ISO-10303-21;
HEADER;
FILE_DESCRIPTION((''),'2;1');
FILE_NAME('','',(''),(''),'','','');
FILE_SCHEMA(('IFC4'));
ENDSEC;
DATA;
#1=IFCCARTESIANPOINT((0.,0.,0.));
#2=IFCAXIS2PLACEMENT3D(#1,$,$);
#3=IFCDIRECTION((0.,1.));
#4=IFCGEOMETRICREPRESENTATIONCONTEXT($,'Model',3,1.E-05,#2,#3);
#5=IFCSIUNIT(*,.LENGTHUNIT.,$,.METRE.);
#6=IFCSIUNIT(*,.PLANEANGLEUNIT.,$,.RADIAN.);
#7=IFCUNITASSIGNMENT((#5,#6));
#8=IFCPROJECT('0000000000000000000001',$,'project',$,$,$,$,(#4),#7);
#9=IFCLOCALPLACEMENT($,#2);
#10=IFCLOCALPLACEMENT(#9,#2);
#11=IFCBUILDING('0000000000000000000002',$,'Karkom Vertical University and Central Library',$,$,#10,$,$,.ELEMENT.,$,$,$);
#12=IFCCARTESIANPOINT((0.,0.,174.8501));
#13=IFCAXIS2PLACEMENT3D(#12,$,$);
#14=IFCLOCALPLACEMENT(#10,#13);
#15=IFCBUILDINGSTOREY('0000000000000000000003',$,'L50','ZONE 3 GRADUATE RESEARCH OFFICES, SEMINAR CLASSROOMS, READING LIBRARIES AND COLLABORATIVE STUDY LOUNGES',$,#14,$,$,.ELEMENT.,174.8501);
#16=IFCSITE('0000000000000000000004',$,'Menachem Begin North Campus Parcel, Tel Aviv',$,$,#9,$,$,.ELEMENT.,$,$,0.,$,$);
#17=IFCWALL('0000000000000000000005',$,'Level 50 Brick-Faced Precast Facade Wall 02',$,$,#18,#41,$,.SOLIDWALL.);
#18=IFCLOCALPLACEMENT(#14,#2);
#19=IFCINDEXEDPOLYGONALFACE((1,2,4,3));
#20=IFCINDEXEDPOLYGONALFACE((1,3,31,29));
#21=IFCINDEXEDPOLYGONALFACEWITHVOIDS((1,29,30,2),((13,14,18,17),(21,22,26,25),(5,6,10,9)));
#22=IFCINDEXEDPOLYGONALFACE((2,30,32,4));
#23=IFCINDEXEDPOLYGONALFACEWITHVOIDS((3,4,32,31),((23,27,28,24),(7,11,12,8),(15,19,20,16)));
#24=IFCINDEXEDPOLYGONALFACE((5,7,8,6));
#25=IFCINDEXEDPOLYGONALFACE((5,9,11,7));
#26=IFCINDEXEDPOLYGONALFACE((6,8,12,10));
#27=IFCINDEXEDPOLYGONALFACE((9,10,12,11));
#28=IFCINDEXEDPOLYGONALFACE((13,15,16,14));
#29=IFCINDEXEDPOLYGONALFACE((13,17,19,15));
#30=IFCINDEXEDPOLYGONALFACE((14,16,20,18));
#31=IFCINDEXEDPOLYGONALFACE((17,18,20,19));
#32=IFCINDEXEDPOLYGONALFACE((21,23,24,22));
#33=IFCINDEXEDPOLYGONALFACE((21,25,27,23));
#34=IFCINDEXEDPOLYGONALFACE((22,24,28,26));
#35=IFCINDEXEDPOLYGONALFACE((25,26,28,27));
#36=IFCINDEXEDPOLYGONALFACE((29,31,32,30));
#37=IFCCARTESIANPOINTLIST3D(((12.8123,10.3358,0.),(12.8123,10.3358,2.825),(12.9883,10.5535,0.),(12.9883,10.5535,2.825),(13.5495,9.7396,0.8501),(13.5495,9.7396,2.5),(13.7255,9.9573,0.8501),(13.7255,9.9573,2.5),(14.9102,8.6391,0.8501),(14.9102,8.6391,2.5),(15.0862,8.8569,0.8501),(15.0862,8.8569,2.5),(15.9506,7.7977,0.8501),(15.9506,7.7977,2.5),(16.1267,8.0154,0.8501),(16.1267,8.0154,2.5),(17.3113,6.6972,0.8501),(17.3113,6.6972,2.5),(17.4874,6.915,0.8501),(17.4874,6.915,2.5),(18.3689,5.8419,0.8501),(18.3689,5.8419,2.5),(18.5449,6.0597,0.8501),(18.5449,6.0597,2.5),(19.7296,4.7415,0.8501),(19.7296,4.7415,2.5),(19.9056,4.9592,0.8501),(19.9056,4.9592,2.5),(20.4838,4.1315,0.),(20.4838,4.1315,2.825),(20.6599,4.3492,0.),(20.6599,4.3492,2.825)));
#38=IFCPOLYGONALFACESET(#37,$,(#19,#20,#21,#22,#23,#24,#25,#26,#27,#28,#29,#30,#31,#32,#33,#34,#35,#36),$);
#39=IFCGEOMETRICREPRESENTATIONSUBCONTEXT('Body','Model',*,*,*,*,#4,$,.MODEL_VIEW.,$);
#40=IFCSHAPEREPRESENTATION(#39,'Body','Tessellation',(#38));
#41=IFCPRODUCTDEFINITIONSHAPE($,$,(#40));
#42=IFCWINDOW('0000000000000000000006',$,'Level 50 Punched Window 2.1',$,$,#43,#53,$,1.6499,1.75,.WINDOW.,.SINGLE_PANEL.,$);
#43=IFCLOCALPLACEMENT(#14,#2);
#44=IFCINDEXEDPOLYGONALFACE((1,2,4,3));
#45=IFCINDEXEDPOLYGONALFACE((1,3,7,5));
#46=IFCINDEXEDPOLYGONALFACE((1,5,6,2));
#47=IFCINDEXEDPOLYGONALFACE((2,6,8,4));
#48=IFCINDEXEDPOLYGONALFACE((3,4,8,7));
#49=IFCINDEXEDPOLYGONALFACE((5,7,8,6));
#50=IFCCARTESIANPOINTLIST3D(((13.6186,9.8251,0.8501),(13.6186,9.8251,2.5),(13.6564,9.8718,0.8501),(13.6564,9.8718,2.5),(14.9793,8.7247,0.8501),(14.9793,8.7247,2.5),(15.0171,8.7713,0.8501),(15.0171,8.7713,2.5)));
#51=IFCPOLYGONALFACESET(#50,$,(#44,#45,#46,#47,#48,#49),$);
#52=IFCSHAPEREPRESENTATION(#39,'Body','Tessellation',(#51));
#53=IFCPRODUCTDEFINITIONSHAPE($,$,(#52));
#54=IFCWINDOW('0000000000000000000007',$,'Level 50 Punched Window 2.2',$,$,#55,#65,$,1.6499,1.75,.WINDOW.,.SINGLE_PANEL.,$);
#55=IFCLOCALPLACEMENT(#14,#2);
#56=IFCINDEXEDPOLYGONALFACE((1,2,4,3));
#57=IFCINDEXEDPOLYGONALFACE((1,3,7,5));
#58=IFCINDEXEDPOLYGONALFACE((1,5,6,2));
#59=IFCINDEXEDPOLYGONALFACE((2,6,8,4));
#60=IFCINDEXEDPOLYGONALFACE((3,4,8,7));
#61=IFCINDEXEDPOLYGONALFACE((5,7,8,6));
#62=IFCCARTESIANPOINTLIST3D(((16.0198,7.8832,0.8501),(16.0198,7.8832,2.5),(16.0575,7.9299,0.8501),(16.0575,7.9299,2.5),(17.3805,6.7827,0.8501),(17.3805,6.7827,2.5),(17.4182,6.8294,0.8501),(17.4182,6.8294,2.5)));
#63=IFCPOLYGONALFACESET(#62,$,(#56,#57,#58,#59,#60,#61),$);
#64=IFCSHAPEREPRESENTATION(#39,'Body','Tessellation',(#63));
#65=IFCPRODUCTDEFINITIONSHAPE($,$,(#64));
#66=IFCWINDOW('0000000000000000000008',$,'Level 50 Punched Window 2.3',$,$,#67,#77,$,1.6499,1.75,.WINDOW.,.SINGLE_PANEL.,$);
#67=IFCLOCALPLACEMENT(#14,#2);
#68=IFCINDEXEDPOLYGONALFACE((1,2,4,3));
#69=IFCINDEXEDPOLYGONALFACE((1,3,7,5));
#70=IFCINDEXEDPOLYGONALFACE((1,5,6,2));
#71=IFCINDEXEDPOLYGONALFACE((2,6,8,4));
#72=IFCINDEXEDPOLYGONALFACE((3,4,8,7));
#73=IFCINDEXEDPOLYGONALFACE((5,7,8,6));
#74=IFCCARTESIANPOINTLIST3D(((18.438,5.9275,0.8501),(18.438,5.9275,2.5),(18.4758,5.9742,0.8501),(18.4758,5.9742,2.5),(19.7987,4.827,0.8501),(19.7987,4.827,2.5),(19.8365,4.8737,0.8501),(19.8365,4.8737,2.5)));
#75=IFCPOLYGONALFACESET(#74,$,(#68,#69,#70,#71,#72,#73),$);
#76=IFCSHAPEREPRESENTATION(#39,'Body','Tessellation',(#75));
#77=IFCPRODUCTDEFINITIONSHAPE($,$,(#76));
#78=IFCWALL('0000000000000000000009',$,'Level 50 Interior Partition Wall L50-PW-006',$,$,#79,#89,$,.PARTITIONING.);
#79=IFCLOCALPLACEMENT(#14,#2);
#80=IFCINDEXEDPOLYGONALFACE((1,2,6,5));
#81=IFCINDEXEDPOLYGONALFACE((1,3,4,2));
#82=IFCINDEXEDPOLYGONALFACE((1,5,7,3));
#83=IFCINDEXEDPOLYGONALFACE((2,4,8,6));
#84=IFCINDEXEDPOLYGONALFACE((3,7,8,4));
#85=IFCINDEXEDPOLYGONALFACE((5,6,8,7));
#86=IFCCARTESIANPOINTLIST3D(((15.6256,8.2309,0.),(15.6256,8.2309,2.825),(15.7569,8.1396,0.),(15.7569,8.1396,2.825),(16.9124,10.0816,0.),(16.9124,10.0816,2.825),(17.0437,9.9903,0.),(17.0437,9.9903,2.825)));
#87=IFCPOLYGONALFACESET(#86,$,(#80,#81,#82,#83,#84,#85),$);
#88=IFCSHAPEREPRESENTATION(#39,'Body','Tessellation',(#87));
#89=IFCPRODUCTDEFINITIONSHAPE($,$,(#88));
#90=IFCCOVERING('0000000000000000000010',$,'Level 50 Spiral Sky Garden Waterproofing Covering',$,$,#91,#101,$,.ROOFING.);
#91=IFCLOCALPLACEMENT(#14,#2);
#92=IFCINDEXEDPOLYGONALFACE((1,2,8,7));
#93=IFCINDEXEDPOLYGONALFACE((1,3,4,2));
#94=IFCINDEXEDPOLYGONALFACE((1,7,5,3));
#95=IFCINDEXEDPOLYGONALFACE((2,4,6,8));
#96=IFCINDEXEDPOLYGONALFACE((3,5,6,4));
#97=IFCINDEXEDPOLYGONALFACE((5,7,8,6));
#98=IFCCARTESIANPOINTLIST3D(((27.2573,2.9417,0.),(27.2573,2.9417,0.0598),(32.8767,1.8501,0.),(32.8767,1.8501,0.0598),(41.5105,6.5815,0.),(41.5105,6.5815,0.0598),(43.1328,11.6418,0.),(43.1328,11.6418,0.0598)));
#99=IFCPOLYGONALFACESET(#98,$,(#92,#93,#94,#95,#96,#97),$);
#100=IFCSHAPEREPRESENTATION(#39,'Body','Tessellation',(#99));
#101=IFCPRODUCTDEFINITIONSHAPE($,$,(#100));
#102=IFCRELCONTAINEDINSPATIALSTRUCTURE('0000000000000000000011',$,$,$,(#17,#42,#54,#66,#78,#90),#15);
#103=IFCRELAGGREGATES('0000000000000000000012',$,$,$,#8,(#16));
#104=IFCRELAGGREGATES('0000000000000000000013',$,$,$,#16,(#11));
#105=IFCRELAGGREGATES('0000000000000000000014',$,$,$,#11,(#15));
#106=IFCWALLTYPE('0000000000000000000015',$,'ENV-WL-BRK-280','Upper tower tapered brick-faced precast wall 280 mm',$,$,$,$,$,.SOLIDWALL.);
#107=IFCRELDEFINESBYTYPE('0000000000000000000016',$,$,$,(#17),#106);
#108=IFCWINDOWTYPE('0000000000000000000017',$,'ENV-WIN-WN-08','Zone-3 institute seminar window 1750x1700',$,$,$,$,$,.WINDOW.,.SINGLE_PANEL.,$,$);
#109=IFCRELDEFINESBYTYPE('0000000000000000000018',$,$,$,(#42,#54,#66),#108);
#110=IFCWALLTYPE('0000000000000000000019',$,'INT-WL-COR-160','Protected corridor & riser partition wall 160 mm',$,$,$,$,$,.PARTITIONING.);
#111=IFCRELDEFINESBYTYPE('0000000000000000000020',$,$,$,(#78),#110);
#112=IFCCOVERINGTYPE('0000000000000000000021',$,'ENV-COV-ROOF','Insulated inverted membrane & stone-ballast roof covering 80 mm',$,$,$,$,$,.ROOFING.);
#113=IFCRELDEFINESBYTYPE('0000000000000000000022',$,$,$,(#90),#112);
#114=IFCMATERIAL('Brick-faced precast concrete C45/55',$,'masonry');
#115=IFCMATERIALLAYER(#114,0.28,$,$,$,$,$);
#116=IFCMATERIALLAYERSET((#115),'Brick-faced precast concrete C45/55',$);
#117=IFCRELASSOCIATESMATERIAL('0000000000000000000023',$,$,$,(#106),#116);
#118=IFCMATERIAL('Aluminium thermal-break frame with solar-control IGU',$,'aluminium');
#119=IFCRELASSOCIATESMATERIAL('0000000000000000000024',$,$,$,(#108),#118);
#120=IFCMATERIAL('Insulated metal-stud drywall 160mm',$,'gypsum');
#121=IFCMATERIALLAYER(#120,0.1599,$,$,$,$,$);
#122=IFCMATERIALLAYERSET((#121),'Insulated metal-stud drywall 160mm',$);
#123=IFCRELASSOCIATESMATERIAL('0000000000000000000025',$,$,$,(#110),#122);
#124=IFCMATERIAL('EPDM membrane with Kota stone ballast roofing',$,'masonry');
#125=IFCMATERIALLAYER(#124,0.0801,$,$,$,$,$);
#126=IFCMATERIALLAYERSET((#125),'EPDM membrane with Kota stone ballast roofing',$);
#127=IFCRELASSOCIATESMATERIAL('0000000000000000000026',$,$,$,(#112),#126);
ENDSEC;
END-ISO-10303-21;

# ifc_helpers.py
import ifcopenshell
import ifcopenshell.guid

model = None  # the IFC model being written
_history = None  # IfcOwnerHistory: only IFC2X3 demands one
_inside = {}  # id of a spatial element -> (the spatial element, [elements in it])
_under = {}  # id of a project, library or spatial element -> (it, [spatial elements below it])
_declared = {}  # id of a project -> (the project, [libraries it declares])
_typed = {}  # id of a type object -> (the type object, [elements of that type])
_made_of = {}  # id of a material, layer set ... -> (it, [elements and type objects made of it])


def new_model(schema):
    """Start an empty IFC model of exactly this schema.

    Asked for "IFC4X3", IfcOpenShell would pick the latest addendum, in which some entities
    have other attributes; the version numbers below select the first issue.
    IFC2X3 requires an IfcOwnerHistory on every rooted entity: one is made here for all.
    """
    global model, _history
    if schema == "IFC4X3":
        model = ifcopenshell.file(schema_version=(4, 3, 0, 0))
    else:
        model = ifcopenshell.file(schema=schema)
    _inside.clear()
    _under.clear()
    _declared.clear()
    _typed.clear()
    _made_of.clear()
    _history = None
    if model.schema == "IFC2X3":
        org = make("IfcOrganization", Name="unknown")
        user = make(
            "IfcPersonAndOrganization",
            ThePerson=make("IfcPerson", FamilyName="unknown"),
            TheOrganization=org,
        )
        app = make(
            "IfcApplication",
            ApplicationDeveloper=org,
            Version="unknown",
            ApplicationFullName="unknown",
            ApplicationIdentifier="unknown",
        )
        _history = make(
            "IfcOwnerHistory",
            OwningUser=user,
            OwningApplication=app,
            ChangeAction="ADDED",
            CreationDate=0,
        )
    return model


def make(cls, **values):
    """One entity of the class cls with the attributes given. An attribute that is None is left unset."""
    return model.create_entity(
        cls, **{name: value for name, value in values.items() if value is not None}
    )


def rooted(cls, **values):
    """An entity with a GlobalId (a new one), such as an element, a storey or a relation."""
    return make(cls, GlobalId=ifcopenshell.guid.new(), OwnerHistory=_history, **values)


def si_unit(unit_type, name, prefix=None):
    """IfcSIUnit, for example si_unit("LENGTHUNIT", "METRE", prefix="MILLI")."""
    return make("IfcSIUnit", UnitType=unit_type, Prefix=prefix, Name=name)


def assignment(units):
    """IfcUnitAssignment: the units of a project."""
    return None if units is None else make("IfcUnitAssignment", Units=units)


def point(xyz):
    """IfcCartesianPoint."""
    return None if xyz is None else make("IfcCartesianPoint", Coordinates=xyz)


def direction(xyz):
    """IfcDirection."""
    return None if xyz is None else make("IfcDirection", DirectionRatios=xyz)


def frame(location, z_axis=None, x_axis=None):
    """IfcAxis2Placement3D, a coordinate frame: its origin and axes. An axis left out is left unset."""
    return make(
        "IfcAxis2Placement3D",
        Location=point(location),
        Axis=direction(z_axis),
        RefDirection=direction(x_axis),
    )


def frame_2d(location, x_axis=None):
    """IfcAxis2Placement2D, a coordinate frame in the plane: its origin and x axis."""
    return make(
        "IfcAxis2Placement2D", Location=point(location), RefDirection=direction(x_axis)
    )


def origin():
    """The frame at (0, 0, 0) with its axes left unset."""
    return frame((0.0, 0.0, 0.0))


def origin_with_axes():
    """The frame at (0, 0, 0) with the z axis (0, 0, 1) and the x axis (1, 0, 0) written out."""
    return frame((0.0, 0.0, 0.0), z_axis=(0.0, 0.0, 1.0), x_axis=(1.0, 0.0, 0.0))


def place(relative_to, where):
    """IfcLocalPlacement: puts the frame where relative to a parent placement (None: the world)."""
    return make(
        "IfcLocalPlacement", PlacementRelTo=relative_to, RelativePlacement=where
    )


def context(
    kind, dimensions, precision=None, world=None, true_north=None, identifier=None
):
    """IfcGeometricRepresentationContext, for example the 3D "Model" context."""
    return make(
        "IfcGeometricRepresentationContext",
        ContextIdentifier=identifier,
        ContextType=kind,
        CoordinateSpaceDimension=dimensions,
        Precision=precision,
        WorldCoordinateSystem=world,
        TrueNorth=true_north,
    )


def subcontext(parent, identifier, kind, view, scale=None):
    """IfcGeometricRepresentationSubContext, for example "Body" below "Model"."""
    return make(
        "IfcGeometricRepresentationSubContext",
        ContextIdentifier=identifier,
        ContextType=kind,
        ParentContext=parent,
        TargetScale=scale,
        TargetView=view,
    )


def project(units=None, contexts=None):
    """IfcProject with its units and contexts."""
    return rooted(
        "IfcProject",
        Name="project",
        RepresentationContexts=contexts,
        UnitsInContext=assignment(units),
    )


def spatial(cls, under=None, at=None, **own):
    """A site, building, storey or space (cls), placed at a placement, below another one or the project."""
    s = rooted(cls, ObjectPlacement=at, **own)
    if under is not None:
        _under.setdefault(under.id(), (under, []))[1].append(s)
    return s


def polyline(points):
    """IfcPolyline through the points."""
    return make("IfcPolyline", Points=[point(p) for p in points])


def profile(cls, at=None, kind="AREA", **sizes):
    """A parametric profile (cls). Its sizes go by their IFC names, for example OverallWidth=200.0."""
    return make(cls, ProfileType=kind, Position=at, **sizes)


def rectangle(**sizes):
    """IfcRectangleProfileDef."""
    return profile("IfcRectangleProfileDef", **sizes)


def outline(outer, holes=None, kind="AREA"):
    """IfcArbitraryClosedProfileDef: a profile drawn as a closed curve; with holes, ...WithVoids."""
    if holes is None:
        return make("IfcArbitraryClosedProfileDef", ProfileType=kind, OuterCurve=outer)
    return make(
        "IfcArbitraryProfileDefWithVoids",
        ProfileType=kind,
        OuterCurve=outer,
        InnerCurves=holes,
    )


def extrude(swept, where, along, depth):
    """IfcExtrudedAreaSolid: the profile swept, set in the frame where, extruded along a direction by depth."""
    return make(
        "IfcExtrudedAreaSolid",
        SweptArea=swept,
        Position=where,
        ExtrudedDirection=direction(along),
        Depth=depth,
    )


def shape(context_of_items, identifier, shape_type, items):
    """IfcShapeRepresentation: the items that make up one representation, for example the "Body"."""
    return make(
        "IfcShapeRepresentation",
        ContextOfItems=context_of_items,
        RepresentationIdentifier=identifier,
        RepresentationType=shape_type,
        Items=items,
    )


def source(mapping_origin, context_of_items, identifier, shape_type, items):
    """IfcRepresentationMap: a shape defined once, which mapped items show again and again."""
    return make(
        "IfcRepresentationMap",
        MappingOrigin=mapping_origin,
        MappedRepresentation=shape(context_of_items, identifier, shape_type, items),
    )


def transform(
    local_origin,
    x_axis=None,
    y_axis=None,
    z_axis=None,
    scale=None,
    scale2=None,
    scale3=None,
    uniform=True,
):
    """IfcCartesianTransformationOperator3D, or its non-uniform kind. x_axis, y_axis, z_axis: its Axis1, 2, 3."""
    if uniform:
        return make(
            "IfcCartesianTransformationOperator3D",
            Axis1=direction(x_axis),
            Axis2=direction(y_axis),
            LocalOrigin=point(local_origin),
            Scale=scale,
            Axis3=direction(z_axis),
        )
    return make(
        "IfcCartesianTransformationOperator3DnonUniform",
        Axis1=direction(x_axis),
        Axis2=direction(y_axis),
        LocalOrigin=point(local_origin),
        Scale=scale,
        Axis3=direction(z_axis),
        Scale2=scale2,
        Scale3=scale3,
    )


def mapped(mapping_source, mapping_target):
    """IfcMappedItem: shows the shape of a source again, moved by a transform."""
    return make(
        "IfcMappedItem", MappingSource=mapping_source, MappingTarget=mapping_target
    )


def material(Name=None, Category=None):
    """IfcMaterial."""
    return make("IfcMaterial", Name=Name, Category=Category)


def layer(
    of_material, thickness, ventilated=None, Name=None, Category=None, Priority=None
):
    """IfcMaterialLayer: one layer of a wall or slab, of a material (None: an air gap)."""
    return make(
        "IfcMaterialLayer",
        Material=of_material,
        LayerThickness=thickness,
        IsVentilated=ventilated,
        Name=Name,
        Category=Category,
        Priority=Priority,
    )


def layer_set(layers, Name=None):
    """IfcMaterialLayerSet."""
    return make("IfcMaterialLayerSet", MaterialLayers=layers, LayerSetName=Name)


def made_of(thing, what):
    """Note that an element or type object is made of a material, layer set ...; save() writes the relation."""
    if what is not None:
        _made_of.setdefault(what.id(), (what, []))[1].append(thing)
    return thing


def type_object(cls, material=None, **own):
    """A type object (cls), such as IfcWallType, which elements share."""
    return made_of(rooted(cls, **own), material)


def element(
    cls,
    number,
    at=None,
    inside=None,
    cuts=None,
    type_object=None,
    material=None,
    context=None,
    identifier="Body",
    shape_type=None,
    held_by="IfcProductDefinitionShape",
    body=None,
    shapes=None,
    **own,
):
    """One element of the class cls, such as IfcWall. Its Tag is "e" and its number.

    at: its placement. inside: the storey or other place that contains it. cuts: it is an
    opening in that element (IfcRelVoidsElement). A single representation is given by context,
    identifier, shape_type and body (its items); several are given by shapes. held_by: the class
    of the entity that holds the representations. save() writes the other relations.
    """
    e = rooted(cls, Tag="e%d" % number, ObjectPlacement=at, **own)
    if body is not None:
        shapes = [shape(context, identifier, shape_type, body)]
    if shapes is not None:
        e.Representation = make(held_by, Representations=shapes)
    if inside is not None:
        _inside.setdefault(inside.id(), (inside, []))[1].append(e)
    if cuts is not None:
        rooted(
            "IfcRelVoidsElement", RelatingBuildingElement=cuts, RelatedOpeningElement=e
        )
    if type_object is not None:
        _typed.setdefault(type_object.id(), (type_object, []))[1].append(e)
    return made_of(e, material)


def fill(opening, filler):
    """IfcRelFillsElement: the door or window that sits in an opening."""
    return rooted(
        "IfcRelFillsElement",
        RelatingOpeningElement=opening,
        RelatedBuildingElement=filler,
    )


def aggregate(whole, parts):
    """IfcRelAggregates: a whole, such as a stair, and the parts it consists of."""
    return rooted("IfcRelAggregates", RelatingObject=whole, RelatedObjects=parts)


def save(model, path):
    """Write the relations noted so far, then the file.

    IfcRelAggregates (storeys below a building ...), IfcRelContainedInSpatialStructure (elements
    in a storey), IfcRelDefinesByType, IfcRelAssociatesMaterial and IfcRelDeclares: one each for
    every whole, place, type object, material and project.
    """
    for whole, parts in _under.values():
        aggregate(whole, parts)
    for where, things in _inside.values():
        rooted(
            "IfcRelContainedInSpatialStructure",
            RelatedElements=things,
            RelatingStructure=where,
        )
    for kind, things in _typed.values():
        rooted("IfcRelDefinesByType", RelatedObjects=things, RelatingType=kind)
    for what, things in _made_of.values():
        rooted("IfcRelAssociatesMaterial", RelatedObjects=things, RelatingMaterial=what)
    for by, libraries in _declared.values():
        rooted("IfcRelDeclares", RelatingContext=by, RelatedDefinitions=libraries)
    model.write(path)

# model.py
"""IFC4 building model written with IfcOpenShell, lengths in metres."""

from ifc_helpers import new_model, si_unit, direction, frame, frame_2d, origin, origin_with_axes, place, context, subcontext, project, spatial, polyline, rectangle, outline, extrude, source, transform, mapped, material, layer, layer_set, type_object, element, fill, save


model = new_model("IFC4")

# Units and contexts
model_context = context("Model", 3, precision=1e-05, world=origin(), true_north=direction((0.0, 1.0)))
body_context = subcontext(model_context, "Body", "Model", "MODEL_VIEW")
ifc_project = project(units=[si_unit("LENGTHUNIT", "METRE"), si_unit("PLANEANGLEUNIT", "RADIAN")], contexts=[model_context])

# Site, building, storey
site_placement = place(None, origin())
site = spatial("IfcSite", under=ifc_project, at=site_placement, Name="Menachem Begin North Campus Parcel, Tel Aviv", CompositionType="ELEMENT", RefElevation=0.0)
building_placement = place(site_placement, origin())
building = spatial("IfcBuilding", under=site, at=building_placement, Name="Karkom Vertical University and Central Library", CompositionType="ELEMENT")
storey_placement = place(building_placement, frame((0.0, 0.0, 174.8501)))
storey = spatial("IfcBuildingStorey", under=building, at=storey_placement, Name="L50", Description="ZONE 3 GRADUATE RESEARCH OFFICES, SEMINAR CLASSROOMS, READING LIBRARIES AND COLLABORATIVE STUDY LOUNGES", CompositionType="ELEMENT", Elevation=174.8501)

# Wall, openings, windows
ifc_material_1 = material(Name="Brick-faced precast concrete C45/55", Category="masonry")
ifc_layer_1 = layer(ifc_material_1, 0.28)
ifc_layer_set_1 = layer_set([ifc_layer_1], Name="Brick-faced precast concrete C45/55")
wall_type_1 = type_object("IfcWallType", Name="ENV-WL-BRK-280", Description="Upper tower tapered brick-faced precast wall 280 mm", PredefinedType="SOLIDWALL", material=ifc_layer_set_1)
wall_1_placement = place(storey_placement, frame((12.9004, 10.4446, 0.0), z_axis=(0.0, 0.0, 1.0), x_axis=(0.777543, -0.628829, 0.0)))
wall_1 = element("IfcWall", 1, at=wall_1_placement, inside=storey, type_object=wall_type_1, Name="Level 50 Brick-Faced Precast Facade Wall 02", PredefinedType="SOLIDWALL", context=body_context, shape_type="SweptSolid", body=[
    extrude(rectangle(XDim=9.8665, YDim=0.28, at=frame_2d((4.9331, 0.0))), origin(), (0.0, 0.0, 1.0), 2.825),
])
opening_1_placement = place(wall_1_placement, frame((0.948, 0.0, 0.8501)))
opening_1 = element("IfcOpeningElement", 2, at=opening_1_placement, cuts=wall_1, PredefinedType="OPENING", context=body_context, shape_type="SweptSolid", body=[
    extrude(rectangle(XDim=1.75, YDim=1.6499, at=frame_2d((0.875, 0.825))), frame((0.0, 0.1499, 0.0), z_axis=(0.0, -1.0, 0.0), x_axis=(1.0, 0.0, 0.0)), (0.0, 0.0, 1.0), 0.3),
])
opening_2_placement = place(wall_1_placement, frame((4.0361, 0.0, 0.8501)))
opening_2 = element("IfcOpeningElement", 3, at=opening_2_placement, cuts=wall_1, PredefinedType="OPENING", context=body_context, shape_type="SweptSolid", body=[
    extrude(rectangle(XDim=1.75, YDim=1.6499, at=frame_2d((0.875, 0.825))), frame((0.0, 0.1499, 0.0), z_axis=(0.0, -1.0, 0.0), x_axis=(1.0, 0.0, 0.0)), (0.0, 0.0, 1.0), 0.3),
])
opening_3_placement = place(wall_1_placement, frame((7.1462, 0.0, 0.8501)))
opening_3 = element("IfcOpeningElement", 4, at=opening_3_placement, cuts=wall_1, PredefinedType="OPENING", context=body_context, shape_type="SweptSolid", body=[
    extrude(rectangle(XDim=1.75, YDim=1.6499, at=frame_2d((0.875, 0.825))), frame((0.0, 0.1499, 0.0), z_axis=(0.0, -1.0, 0.0), x_axis=(1.0, 0.0, 0.0)), (0.0, 0.0, 1.0), 0.3),
])
ifc_material_2 = material(Name="Aluminium thermal-break frame with solar-control IGU", Category="aluminium")
window_type = type_object("IfcWindowType", Name="ENV-WIN-WN-08", Description="Zone-3 institute seminar window 1750x1700", PartitioningType="SINGLE_PANEL", PredefinedType="WINDOW", material=ifc_material_2)
shared_shape_1 = source(origin_with_axes(), body_context, "Body", "SweptSolid", [
    extrude(rectangle(XDim=1.75, YDim=1.6499, at=frame_2d((0.875, 0.825))), frame((0.0, 0.03, 0.0), z_axis=(0.0, -1.0, 0.0), x_axis=(1.0, 0.0, 0.0)), (0.0, 0.0, 1.0), 0.0601),
])
window_1_placement = place(opening_1_placement, origin())
window_1 = element("IfcWindow", 5, at=window_1_placement, inside=storey, type_object=window_type, Name="Level 50 Punched Window 2.1", OverallHeight=1.6499, OverallWidth=1.75, PartitioningType="SINGLE_PANEL", PredefinedType="WINDOW", context=body_context, shape_type="MappedRepresentation", body=[
    mapped(shared_shape_1, transform((0.0, 0.0, 0.0), scale=1.0)),
])
fill(opening_1, window_1)
window_2_placement = place(opening_2_placement, origin())
window_2 = element("IfcWindow", 6, at=window_2_placement, inside=storey, type_object=window_type, Name="Level 50 Punched Window 2.2", OverallHeight=1.6499, OverallWidth=1.75, PartitioningType="SINGLE_PANEL", PredefinedType="WINDOW", context=body_context, shape_type="MappedRepresentation", body=[
    mapped(shared_shape_1, transform((0.0, 0.0, 0.0), scale=1.0)),
])
fill(opening_2, window_2)
window_3_placement = place(opening_3_placement, origin())
window_3 = element("IfcWindow", 7, at=window_3_placement, inside=storey, type_object=window_type, Name="Level 50 Punched Window 2.3", OverallHeight=1.6499, OverallWidth=1.75, PartitioningType="SINGLE_PANEL", PredefinedType="WINDOW", context=body_context, shape_type="MappedRepresentation", body=[
    mapped(shared_shape_1, transform((0.0, 0.0, 0.0), scale=1.0)),
])
fill(opening_3, window_3)

# Wall
ifc_material_3 = material(Name="Insulated metal-stud drywall 160mm", Category="gypsum")
ifc_layer_2 = layer(ifc_material_3, 0.1599)
ifc_layer_set_2 = layer_set([ifc_layer_2], Name="Insulated metal-stud drywall 160mm")
wall_type_2 = type_object("IfcWallType", Name="INT-WL-COR-160", Description="Protected corridor & riser partition wall 160 mm", PredefinedType="PARTITIONING", material=ifc_layer_set_2)
wall_2_placement = place(storey_placement, frame((16.978, 10.0359, 0.0), z_axis=(0.0, 0.0, 1.0), x_axis=(-0.570865, -0.821044, 0.0)))
element("IfcWall", 8, at=wall_2_placement, inside=storey, type_object=wall_type_2, Name="Level 50 Interior Partition Wall L50-PW-006", PredefinedType="PARTITIONING", context=body_context, shape_type="SweptSolid", body=[
    extrude(rectangle(XDim=2.2542, YDim=0.1599, at=frame_2d((1.127, 0.0))), origin(), (0.0, 0.0, 1.0), 2.825),
])

# Covering
ifc_material_4 = material(Name="EPDM membrane with Kota stone ballast roofing", Category="masonry")
ifc_layer_3 = layer(ifc_material_4, 0.0801)
ifc_layer_set_3 = layer_set([ifc_layer_3], Name="EPDM membrane with Kota stone ballast roofing")
covering_type = type_object("IfcCoveringType", Name="ENV-COV-ROOF", Description="Insulated inverted membrane & stone-ballast roof covering 80 mm", PredefinedType="ROOFING", material=ifc_layer_set_3)
covering_placement = place(storey_placement, origin())
element("IfcCovering", 9, at=covering_placement, inside=storey, type_object=covering_type, Name="Level 50 Spiral Sky Garden Waterproofing Covering", PredefinedType="ROOFING", context=body_context, shape_type="SweptSolid", body=[
    extrude(outline(polyline([(41.5105, 6.5815), (32.8767, 1.8501), (27.2573, 2.9417), (43.1328, 11.6418), (41.5105, 6.5815)])), origin(), (0.0, 0.0, 1.0), 0.0598),
])

save(model, "model.ifc")
